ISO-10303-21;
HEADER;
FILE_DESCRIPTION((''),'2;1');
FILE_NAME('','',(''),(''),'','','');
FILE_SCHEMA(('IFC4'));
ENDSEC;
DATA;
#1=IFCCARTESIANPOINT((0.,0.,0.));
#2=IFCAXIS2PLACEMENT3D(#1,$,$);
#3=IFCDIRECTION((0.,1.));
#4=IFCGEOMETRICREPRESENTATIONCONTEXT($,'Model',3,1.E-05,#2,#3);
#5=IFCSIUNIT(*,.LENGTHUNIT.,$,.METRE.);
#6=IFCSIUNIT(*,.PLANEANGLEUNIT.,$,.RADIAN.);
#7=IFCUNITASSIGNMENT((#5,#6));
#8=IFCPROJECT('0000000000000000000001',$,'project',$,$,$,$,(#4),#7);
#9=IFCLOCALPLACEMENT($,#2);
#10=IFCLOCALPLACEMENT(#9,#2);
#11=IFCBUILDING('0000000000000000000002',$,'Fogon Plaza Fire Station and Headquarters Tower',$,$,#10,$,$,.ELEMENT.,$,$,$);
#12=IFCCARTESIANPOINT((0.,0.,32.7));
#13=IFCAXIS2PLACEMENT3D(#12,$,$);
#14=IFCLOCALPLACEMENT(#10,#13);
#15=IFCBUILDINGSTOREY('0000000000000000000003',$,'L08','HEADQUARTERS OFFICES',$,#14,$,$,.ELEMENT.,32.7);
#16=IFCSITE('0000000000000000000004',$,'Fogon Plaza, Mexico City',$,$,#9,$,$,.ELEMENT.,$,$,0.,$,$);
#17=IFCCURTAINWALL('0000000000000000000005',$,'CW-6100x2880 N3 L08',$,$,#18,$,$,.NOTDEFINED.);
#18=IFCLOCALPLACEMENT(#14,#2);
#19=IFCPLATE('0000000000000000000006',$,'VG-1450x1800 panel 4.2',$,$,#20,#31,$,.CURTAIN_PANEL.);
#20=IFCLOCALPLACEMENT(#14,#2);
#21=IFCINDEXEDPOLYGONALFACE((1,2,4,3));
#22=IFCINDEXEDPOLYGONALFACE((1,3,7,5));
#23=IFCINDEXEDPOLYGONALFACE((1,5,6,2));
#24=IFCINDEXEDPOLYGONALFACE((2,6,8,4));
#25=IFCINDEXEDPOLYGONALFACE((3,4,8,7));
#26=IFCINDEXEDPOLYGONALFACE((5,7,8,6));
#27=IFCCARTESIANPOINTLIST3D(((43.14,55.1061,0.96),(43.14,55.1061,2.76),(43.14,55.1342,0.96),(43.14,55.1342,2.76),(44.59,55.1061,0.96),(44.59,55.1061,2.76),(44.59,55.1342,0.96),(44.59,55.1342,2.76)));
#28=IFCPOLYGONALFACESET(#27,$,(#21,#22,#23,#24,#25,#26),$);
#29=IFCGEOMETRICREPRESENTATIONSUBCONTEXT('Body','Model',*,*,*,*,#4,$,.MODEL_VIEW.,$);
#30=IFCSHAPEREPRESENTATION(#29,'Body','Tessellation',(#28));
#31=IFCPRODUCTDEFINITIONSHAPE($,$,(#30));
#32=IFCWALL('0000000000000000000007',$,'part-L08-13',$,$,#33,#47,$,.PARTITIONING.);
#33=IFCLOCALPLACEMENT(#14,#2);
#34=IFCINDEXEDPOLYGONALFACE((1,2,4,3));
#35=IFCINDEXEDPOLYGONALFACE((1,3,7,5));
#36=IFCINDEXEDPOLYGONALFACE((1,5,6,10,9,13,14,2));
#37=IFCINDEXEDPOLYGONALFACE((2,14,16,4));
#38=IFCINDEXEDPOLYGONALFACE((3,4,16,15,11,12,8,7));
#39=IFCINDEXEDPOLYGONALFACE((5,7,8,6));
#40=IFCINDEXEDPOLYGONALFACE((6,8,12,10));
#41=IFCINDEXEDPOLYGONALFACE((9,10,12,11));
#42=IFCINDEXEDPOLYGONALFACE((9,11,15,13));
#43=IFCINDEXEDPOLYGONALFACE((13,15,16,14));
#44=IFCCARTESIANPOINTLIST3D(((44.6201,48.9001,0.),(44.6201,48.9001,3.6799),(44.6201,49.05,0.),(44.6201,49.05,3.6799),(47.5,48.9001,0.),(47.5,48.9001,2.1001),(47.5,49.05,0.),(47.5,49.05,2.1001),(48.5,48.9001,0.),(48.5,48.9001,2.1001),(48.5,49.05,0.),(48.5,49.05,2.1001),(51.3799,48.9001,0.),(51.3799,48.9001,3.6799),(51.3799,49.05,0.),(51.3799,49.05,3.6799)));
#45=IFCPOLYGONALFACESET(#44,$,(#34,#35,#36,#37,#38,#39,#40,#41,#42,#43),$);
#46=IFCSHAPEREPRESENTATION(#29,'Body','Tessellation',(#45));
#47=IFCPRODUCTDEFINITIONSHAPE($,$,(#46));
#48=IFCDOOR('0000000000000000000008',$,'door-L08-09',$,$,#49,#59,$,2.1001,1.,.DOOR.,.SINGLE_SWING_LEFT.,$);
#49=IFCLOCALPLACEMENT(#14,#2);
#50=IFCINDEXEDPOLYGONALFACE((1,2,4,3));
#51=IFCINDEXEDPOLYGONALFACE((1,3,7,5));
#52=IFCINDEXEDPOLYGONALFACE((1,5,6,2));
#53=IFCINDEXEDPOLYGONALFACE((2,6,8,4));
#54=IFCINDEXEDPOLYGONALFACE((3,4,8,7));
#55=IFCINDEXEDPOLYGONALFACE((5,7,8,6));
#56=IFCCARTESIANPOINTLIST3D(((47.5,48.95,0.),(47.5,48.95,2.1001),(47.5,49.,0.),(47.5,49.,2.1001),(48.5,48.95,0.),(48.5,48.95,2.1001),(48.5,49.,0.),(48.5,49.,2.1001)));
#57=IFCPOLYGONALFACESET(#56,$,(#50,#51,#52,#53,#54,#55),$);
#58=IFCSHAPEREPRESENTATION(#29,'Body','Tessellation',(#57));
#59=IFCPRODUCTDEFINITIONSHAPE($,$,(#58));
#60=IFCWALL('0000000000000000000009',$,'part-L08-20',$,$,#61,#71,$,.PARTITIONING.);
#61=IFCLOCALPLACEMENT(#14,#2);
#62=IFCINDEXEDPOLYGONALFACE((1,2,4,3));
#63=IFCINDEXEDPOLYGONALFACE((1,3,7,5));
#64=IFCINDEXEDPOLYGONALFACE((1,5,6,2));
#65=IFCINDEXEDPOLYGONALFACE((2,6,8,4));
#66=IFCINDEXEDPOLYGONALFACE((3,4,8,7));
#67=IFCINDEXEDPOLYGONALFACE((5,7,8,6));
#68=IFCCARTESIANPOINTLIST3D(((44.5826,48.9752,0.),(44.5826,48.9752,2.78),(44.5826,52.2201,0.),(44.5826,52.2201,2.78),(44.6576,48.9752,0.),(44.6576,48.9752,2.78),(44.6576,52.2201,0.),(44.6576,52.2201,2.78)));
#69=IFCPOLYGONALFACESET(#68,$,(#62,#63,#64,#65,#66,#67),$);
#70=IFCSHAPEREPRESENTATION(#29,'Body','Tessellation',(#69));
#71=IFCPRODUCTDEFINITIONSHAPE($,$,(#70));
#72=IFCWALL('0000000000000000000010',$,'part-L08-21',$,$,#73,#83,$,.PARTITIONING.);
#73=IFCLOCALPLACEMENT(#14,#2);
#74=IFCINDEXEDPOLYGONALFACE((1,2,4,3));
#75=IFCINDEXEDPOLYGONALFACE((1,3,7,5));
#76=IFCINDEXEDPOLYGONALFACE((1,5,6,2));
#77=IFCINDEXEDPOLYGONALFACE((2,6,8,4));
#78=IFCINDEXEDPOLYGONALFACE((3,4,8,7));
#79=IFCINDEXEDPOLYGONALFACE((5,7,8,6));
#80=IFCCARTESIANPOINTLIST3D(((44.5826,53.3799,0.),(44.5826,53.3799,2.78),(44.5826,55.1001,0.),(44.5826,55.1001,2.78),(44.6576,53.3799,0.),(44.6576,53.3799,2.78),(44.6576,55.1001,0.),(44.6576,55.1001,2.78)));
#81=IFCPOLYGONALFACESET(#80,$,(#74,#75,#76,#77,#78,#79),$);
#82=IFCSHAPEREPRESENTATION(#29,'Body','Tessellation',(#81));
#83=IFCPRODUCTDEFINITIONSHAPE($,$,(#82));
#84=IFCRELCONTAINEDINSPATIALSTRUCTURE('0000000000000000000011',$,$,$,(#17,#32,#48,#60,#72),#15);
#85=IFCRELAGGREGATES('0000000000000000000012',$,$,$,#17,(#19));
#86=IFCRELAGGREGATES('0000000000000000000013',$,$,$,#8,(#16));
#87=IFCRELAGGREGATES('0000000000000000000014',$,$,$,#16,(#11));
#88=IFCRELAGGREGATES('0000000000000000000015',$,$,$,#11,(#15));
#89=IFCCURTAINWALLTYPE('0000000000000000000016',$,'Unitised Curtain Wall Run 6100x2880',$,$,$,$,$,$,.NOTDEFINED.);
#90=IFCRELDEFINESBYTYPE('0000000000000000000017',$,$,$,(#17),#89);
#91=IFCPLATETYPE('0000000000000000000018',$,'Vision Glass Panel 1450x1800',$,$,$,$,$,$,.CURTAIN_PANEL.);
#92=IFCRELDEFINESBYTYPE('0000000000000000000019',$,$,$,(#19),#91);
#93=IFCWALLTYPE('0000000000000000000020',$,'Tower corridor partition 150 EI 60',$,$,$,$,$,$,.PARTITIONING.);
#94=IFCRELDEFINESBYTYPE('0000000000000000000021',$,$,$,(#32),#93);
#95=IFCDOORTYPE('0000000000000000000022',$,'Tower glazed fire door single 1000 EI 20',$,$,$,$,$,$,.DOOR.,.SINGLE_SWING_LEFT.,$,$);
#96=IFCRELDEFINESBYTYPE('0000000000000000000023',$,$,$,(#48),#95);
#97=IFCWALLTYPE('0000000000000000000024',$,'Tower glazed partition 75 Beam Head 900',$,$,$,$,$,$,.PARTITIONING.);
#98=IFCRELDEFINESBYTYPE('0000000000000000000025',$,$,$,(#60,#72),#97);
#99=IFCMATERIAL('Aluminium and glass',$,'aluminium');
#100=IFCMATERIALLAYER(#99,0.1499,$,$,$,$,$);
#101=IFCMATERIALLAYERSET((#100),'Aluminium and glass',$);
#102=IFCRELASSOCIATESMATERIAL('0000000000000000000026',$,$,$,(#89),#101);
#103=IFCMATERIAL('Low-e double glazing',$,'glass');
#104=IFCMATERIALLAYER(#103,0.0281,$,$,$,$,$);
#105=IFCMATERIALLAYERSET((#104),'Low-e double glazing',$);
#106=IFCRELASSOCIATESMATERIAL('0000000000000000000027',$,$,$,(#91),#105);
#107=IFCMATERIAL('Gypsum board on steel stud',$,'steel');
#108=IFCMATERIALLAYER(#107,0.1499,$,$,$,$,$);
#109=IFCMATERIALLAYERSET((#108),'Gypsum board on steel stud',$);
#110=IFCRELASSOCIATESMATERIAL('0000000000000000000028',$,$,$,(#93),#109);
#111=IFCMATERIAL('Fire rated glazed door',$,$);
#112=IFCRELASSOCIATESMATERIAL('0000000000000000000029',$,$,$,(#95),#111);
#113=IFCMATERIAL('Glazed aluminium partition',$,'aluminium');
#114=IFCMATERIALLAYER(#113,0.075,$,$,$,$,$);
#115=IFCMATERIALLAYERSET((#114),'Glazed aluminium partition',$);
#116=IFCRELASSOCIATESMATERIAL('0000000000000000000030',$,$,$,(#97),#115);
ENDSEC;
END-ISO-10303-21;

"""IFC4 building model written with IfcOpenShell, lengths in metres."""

from ifc_helpers import new_model, si_unit, direction, frame, frame_2d, origin, origin_2d, place, context, subcontext, project, spatial, rectangle, extrude, material, layer, layer_set, type_object, element, fill, aggregate, save


model = new_model("IFC4")

# Units and contexts
model_context = context("Model", 3, precision=1e-05, world=origin(), true_north=direction((0.0, 1.0)))
body_context = subcontext(model_context, "Body", "Model", "MODEL_VIEW")
ifc_project = project(units=[si_unit("LENGTHUNIT", "METRE"), si_unit("PLANEANGLEUNIT", "RADIAN")], contexts=[model_context])

# Site, building, storey
site_placement = place(None, origin())
site = spatial("IfcSite", under=ifc_project, at=site_placement, Name="Fogon Plaza, Mexico City", CompositionType="ELEMENT", RefElevation=0.0)
building_placement = place(site_placement, origin())
building = spatial("IfcBuilding", under=site, at=building_placement, Name="Fogon Plaza Fire Station and Headquarters Tower", CompositionType="ELEMENT")
storey_placement = place(building_placement, frame((0.0, 0.0, 32.7)))
storey = spatial("IfcBuildingStorey", under=building, at=storey_placement, Name="L08", Description="HEADQUARTERS OFFICES", CompositionType="ELEMENT", Elevation=32.7)

# Curtain wall
ifc_material_1 = material(Name="Aluminium and glass", Category="aluminium")
ifc_layer_1 = layer(ifc_material_1, 0.1499)
ifc_layer_set_1 = layer_set([ifc_layer_1], Name="Aluminium and glass")
curtain_wall_type = type_object("IfcCurtainWallType", Name="Unitised Curtain Wall Run 6100x2880", PredefinedType="NOTDEFINED", material=ifc_layer_set_1)
curtain_wall_1_placement = place(storey_placement, origin())
curtain_wall_1 = element("IfcCurtainWall", 1, at=curtain_wall_1_placement, inside=storey, type_object=curtain_wall_type, Name="CW-6100x2880 N3 L08", PredefinedType="NOTDEFINED")

# Plate
ifc_material_2 = material(Name="Low-e double glazing", Category="glass")
ifc_layer_2 = layer(ifc_material_2, 0.0281)
ifc_layer_set_2 = layer_set([ifc_layer_2], Name="Low-e double glazing")
plate_type_1 = type_object("IfcPlateType", Name="Vision Glass Panel 1450x1800", PredefinedType="CURTAIN_PANEL", material=ifc_layer_set_2)
plate_1_placement = place(storey_placement, frame((43.865, 55.1201, 0.96), z_axis=(0.0, 0.0, 1.0), x_axis=(1.0, 0.0, 0.0)))
plate_1 = element("IfcPlate", 2, at=plate_1_placement, type_object=plate_type_1, Name="VG-1450x1800 panel 4.2", PredefinedType="CURTAIN_PANEL", context=body_context, shape_type="SweptSolid", body=[
    extrude(rectangle(XDim=1.45, YDim=0.0281, at=origin_2d()), origin(), (0.0, 0.0, 1.0), 1.8),
])
aggregate(curtain_wall_1, [plate_1])

# Wall, opening, door
ifc_material_3 = material(Name="Gypsum board on steel stud", Category="steel")
ifc_layer_3 = layer(ifc_material_3, 0.1499)
ifc_layer_set_3 = layer_set([ifc_layer_3], Name="Gypsum board on steel stud")
wall_type_1 = type_object("IfcWallType", Name="Tower corridor partition 150 EI 60", PredefinedType="PARTITIONING", material=ifc_layer_set_3)
wall_1_placement = place(storey_placement, frame((44.6201, 48.9751, 0.0), z_axis=(0.0, 0.0, 1.0), x_axis=(1.0, 0.0, 0.0)))
wall_1 = element("IfcWall", 3, at=wall_1_placement, inside=storey, type_object=wall_type_1, Name="part-L08-13", PredefinedType="PARTITIONING", context=body_context, shape_type="SweptSolid", body=[
    extrude(rectangle(XDim=6.7598, YDim=0.1499, at=frame_2d((3.3799, 0.0))), origin(), (0.0, 0.0, 1.0), 3.6799),
])
opening_placement = place(wall_1_placement, frame((2.8799, 0.0, 0.0)))
opening = element("IfcOpeningElement", 4, at=opening_placement, cuts=wall_1, PredefinedType="OPENING", context=body_context, shape_type="SweptSolid", body=[
    extrude(rectangle(XDim=1.0, YDim=2.1001, at=frame_2d((0.5, 1.05))), frame((0.0, 0.085, 0.0), z_axis=(0.0, -1.0, 0.0), x_axis=(1.0, 0.0, 0.0)), (0.0, 0.0, 1.0), 0.1699),
])
ifc_material_4 = material(Name="Fire rated glazed door")
door_type = type_object("IfcDoorType", Name="Tower glazed fire door single 1000 EI 20", OperationType="SINGLE_SWING_LEFT", PredefinedType="DOOR", material=ifc_material_4)
door_placement = place(opening_placement, origin())
door = element("IfcDoor", 5, at=door_placement, inside=storey, type_object=door_type, Name="door-L08-09", OperationType="SINGLE_SWING_LEFT", OverallHeight=2.1001, OverallWidth=1.0, PredefinedType="DOOR", context=body_context, shape_type="SweptSolid", body=[
    extrude(rectangle(XDim=1.0, YDim=2.1001, at=frame_2d((0.5, 1.05))), frame((0.0, 0.0249, 0.0), z_axis=(0.0, -1.0, 0.0), x_axis=(1.0, 0.0, 0.0)), (0.0, 0.0, 1.0), 0.05),
])
fill(opening, door)

# Walls
ifc_material_5 = material(Name="Glazed aluminium partition", Category="aluminium")
ifc_layer_4 = layer(ifc_material_5, 0.075)
ifc_layer_set_4 = layer_set([ifc_layer_4], Name="Glazed aluminium partition")
wall_type_2 = type_object("IfcWallType", Name="Tower glazed partition 75 Beam Head 900", PredefinedType="PARTITIONING", material=ifc_layer_set_4)
wall_2_placement = place(storey_placement, frame((44.6201, 48.9751, 0.0), z_axis=(0.0, 0.0, 1.0), x_axis=(0.0, 1.0, 0.0)))
element("IfcWall", 6, at=wall_2_placement, inside=storey, type_object=wall_type_2, Name="part-L08-20", PredefinedType="PARTITIONING", context=body_context, shape_type="SweptSolid", body=[
    extrude(rectangle(XDim=3.2449, YDim=0.075, at=frame_2d((1.6226, 0.0))), origin(), (0.0, 0.0, 1.0), 2.78),
])
wall_3_placement = place(storey_placement, frame((44.6201, 53.3799, 0.0), z_axis=(0.0, 0.0, 1.0), x_axis=(0.0, 1.0, 0.0)))
element("IfcWall", 7, at=wall_3_placement, inside=storey, type_object=wall_type_2, Name="part-L08-21", PredefinedType="PARTITIONING", context=body_context, shape_type="SweptSolid", body=[
    extrude(rectangle(XDim=1.7202, YDim=0.075, at=frame_2d((0.8601, 0.0))), origin(), (0.0, 0.0, 1.0), 2.78),
])

save(model, "model.ifc")
